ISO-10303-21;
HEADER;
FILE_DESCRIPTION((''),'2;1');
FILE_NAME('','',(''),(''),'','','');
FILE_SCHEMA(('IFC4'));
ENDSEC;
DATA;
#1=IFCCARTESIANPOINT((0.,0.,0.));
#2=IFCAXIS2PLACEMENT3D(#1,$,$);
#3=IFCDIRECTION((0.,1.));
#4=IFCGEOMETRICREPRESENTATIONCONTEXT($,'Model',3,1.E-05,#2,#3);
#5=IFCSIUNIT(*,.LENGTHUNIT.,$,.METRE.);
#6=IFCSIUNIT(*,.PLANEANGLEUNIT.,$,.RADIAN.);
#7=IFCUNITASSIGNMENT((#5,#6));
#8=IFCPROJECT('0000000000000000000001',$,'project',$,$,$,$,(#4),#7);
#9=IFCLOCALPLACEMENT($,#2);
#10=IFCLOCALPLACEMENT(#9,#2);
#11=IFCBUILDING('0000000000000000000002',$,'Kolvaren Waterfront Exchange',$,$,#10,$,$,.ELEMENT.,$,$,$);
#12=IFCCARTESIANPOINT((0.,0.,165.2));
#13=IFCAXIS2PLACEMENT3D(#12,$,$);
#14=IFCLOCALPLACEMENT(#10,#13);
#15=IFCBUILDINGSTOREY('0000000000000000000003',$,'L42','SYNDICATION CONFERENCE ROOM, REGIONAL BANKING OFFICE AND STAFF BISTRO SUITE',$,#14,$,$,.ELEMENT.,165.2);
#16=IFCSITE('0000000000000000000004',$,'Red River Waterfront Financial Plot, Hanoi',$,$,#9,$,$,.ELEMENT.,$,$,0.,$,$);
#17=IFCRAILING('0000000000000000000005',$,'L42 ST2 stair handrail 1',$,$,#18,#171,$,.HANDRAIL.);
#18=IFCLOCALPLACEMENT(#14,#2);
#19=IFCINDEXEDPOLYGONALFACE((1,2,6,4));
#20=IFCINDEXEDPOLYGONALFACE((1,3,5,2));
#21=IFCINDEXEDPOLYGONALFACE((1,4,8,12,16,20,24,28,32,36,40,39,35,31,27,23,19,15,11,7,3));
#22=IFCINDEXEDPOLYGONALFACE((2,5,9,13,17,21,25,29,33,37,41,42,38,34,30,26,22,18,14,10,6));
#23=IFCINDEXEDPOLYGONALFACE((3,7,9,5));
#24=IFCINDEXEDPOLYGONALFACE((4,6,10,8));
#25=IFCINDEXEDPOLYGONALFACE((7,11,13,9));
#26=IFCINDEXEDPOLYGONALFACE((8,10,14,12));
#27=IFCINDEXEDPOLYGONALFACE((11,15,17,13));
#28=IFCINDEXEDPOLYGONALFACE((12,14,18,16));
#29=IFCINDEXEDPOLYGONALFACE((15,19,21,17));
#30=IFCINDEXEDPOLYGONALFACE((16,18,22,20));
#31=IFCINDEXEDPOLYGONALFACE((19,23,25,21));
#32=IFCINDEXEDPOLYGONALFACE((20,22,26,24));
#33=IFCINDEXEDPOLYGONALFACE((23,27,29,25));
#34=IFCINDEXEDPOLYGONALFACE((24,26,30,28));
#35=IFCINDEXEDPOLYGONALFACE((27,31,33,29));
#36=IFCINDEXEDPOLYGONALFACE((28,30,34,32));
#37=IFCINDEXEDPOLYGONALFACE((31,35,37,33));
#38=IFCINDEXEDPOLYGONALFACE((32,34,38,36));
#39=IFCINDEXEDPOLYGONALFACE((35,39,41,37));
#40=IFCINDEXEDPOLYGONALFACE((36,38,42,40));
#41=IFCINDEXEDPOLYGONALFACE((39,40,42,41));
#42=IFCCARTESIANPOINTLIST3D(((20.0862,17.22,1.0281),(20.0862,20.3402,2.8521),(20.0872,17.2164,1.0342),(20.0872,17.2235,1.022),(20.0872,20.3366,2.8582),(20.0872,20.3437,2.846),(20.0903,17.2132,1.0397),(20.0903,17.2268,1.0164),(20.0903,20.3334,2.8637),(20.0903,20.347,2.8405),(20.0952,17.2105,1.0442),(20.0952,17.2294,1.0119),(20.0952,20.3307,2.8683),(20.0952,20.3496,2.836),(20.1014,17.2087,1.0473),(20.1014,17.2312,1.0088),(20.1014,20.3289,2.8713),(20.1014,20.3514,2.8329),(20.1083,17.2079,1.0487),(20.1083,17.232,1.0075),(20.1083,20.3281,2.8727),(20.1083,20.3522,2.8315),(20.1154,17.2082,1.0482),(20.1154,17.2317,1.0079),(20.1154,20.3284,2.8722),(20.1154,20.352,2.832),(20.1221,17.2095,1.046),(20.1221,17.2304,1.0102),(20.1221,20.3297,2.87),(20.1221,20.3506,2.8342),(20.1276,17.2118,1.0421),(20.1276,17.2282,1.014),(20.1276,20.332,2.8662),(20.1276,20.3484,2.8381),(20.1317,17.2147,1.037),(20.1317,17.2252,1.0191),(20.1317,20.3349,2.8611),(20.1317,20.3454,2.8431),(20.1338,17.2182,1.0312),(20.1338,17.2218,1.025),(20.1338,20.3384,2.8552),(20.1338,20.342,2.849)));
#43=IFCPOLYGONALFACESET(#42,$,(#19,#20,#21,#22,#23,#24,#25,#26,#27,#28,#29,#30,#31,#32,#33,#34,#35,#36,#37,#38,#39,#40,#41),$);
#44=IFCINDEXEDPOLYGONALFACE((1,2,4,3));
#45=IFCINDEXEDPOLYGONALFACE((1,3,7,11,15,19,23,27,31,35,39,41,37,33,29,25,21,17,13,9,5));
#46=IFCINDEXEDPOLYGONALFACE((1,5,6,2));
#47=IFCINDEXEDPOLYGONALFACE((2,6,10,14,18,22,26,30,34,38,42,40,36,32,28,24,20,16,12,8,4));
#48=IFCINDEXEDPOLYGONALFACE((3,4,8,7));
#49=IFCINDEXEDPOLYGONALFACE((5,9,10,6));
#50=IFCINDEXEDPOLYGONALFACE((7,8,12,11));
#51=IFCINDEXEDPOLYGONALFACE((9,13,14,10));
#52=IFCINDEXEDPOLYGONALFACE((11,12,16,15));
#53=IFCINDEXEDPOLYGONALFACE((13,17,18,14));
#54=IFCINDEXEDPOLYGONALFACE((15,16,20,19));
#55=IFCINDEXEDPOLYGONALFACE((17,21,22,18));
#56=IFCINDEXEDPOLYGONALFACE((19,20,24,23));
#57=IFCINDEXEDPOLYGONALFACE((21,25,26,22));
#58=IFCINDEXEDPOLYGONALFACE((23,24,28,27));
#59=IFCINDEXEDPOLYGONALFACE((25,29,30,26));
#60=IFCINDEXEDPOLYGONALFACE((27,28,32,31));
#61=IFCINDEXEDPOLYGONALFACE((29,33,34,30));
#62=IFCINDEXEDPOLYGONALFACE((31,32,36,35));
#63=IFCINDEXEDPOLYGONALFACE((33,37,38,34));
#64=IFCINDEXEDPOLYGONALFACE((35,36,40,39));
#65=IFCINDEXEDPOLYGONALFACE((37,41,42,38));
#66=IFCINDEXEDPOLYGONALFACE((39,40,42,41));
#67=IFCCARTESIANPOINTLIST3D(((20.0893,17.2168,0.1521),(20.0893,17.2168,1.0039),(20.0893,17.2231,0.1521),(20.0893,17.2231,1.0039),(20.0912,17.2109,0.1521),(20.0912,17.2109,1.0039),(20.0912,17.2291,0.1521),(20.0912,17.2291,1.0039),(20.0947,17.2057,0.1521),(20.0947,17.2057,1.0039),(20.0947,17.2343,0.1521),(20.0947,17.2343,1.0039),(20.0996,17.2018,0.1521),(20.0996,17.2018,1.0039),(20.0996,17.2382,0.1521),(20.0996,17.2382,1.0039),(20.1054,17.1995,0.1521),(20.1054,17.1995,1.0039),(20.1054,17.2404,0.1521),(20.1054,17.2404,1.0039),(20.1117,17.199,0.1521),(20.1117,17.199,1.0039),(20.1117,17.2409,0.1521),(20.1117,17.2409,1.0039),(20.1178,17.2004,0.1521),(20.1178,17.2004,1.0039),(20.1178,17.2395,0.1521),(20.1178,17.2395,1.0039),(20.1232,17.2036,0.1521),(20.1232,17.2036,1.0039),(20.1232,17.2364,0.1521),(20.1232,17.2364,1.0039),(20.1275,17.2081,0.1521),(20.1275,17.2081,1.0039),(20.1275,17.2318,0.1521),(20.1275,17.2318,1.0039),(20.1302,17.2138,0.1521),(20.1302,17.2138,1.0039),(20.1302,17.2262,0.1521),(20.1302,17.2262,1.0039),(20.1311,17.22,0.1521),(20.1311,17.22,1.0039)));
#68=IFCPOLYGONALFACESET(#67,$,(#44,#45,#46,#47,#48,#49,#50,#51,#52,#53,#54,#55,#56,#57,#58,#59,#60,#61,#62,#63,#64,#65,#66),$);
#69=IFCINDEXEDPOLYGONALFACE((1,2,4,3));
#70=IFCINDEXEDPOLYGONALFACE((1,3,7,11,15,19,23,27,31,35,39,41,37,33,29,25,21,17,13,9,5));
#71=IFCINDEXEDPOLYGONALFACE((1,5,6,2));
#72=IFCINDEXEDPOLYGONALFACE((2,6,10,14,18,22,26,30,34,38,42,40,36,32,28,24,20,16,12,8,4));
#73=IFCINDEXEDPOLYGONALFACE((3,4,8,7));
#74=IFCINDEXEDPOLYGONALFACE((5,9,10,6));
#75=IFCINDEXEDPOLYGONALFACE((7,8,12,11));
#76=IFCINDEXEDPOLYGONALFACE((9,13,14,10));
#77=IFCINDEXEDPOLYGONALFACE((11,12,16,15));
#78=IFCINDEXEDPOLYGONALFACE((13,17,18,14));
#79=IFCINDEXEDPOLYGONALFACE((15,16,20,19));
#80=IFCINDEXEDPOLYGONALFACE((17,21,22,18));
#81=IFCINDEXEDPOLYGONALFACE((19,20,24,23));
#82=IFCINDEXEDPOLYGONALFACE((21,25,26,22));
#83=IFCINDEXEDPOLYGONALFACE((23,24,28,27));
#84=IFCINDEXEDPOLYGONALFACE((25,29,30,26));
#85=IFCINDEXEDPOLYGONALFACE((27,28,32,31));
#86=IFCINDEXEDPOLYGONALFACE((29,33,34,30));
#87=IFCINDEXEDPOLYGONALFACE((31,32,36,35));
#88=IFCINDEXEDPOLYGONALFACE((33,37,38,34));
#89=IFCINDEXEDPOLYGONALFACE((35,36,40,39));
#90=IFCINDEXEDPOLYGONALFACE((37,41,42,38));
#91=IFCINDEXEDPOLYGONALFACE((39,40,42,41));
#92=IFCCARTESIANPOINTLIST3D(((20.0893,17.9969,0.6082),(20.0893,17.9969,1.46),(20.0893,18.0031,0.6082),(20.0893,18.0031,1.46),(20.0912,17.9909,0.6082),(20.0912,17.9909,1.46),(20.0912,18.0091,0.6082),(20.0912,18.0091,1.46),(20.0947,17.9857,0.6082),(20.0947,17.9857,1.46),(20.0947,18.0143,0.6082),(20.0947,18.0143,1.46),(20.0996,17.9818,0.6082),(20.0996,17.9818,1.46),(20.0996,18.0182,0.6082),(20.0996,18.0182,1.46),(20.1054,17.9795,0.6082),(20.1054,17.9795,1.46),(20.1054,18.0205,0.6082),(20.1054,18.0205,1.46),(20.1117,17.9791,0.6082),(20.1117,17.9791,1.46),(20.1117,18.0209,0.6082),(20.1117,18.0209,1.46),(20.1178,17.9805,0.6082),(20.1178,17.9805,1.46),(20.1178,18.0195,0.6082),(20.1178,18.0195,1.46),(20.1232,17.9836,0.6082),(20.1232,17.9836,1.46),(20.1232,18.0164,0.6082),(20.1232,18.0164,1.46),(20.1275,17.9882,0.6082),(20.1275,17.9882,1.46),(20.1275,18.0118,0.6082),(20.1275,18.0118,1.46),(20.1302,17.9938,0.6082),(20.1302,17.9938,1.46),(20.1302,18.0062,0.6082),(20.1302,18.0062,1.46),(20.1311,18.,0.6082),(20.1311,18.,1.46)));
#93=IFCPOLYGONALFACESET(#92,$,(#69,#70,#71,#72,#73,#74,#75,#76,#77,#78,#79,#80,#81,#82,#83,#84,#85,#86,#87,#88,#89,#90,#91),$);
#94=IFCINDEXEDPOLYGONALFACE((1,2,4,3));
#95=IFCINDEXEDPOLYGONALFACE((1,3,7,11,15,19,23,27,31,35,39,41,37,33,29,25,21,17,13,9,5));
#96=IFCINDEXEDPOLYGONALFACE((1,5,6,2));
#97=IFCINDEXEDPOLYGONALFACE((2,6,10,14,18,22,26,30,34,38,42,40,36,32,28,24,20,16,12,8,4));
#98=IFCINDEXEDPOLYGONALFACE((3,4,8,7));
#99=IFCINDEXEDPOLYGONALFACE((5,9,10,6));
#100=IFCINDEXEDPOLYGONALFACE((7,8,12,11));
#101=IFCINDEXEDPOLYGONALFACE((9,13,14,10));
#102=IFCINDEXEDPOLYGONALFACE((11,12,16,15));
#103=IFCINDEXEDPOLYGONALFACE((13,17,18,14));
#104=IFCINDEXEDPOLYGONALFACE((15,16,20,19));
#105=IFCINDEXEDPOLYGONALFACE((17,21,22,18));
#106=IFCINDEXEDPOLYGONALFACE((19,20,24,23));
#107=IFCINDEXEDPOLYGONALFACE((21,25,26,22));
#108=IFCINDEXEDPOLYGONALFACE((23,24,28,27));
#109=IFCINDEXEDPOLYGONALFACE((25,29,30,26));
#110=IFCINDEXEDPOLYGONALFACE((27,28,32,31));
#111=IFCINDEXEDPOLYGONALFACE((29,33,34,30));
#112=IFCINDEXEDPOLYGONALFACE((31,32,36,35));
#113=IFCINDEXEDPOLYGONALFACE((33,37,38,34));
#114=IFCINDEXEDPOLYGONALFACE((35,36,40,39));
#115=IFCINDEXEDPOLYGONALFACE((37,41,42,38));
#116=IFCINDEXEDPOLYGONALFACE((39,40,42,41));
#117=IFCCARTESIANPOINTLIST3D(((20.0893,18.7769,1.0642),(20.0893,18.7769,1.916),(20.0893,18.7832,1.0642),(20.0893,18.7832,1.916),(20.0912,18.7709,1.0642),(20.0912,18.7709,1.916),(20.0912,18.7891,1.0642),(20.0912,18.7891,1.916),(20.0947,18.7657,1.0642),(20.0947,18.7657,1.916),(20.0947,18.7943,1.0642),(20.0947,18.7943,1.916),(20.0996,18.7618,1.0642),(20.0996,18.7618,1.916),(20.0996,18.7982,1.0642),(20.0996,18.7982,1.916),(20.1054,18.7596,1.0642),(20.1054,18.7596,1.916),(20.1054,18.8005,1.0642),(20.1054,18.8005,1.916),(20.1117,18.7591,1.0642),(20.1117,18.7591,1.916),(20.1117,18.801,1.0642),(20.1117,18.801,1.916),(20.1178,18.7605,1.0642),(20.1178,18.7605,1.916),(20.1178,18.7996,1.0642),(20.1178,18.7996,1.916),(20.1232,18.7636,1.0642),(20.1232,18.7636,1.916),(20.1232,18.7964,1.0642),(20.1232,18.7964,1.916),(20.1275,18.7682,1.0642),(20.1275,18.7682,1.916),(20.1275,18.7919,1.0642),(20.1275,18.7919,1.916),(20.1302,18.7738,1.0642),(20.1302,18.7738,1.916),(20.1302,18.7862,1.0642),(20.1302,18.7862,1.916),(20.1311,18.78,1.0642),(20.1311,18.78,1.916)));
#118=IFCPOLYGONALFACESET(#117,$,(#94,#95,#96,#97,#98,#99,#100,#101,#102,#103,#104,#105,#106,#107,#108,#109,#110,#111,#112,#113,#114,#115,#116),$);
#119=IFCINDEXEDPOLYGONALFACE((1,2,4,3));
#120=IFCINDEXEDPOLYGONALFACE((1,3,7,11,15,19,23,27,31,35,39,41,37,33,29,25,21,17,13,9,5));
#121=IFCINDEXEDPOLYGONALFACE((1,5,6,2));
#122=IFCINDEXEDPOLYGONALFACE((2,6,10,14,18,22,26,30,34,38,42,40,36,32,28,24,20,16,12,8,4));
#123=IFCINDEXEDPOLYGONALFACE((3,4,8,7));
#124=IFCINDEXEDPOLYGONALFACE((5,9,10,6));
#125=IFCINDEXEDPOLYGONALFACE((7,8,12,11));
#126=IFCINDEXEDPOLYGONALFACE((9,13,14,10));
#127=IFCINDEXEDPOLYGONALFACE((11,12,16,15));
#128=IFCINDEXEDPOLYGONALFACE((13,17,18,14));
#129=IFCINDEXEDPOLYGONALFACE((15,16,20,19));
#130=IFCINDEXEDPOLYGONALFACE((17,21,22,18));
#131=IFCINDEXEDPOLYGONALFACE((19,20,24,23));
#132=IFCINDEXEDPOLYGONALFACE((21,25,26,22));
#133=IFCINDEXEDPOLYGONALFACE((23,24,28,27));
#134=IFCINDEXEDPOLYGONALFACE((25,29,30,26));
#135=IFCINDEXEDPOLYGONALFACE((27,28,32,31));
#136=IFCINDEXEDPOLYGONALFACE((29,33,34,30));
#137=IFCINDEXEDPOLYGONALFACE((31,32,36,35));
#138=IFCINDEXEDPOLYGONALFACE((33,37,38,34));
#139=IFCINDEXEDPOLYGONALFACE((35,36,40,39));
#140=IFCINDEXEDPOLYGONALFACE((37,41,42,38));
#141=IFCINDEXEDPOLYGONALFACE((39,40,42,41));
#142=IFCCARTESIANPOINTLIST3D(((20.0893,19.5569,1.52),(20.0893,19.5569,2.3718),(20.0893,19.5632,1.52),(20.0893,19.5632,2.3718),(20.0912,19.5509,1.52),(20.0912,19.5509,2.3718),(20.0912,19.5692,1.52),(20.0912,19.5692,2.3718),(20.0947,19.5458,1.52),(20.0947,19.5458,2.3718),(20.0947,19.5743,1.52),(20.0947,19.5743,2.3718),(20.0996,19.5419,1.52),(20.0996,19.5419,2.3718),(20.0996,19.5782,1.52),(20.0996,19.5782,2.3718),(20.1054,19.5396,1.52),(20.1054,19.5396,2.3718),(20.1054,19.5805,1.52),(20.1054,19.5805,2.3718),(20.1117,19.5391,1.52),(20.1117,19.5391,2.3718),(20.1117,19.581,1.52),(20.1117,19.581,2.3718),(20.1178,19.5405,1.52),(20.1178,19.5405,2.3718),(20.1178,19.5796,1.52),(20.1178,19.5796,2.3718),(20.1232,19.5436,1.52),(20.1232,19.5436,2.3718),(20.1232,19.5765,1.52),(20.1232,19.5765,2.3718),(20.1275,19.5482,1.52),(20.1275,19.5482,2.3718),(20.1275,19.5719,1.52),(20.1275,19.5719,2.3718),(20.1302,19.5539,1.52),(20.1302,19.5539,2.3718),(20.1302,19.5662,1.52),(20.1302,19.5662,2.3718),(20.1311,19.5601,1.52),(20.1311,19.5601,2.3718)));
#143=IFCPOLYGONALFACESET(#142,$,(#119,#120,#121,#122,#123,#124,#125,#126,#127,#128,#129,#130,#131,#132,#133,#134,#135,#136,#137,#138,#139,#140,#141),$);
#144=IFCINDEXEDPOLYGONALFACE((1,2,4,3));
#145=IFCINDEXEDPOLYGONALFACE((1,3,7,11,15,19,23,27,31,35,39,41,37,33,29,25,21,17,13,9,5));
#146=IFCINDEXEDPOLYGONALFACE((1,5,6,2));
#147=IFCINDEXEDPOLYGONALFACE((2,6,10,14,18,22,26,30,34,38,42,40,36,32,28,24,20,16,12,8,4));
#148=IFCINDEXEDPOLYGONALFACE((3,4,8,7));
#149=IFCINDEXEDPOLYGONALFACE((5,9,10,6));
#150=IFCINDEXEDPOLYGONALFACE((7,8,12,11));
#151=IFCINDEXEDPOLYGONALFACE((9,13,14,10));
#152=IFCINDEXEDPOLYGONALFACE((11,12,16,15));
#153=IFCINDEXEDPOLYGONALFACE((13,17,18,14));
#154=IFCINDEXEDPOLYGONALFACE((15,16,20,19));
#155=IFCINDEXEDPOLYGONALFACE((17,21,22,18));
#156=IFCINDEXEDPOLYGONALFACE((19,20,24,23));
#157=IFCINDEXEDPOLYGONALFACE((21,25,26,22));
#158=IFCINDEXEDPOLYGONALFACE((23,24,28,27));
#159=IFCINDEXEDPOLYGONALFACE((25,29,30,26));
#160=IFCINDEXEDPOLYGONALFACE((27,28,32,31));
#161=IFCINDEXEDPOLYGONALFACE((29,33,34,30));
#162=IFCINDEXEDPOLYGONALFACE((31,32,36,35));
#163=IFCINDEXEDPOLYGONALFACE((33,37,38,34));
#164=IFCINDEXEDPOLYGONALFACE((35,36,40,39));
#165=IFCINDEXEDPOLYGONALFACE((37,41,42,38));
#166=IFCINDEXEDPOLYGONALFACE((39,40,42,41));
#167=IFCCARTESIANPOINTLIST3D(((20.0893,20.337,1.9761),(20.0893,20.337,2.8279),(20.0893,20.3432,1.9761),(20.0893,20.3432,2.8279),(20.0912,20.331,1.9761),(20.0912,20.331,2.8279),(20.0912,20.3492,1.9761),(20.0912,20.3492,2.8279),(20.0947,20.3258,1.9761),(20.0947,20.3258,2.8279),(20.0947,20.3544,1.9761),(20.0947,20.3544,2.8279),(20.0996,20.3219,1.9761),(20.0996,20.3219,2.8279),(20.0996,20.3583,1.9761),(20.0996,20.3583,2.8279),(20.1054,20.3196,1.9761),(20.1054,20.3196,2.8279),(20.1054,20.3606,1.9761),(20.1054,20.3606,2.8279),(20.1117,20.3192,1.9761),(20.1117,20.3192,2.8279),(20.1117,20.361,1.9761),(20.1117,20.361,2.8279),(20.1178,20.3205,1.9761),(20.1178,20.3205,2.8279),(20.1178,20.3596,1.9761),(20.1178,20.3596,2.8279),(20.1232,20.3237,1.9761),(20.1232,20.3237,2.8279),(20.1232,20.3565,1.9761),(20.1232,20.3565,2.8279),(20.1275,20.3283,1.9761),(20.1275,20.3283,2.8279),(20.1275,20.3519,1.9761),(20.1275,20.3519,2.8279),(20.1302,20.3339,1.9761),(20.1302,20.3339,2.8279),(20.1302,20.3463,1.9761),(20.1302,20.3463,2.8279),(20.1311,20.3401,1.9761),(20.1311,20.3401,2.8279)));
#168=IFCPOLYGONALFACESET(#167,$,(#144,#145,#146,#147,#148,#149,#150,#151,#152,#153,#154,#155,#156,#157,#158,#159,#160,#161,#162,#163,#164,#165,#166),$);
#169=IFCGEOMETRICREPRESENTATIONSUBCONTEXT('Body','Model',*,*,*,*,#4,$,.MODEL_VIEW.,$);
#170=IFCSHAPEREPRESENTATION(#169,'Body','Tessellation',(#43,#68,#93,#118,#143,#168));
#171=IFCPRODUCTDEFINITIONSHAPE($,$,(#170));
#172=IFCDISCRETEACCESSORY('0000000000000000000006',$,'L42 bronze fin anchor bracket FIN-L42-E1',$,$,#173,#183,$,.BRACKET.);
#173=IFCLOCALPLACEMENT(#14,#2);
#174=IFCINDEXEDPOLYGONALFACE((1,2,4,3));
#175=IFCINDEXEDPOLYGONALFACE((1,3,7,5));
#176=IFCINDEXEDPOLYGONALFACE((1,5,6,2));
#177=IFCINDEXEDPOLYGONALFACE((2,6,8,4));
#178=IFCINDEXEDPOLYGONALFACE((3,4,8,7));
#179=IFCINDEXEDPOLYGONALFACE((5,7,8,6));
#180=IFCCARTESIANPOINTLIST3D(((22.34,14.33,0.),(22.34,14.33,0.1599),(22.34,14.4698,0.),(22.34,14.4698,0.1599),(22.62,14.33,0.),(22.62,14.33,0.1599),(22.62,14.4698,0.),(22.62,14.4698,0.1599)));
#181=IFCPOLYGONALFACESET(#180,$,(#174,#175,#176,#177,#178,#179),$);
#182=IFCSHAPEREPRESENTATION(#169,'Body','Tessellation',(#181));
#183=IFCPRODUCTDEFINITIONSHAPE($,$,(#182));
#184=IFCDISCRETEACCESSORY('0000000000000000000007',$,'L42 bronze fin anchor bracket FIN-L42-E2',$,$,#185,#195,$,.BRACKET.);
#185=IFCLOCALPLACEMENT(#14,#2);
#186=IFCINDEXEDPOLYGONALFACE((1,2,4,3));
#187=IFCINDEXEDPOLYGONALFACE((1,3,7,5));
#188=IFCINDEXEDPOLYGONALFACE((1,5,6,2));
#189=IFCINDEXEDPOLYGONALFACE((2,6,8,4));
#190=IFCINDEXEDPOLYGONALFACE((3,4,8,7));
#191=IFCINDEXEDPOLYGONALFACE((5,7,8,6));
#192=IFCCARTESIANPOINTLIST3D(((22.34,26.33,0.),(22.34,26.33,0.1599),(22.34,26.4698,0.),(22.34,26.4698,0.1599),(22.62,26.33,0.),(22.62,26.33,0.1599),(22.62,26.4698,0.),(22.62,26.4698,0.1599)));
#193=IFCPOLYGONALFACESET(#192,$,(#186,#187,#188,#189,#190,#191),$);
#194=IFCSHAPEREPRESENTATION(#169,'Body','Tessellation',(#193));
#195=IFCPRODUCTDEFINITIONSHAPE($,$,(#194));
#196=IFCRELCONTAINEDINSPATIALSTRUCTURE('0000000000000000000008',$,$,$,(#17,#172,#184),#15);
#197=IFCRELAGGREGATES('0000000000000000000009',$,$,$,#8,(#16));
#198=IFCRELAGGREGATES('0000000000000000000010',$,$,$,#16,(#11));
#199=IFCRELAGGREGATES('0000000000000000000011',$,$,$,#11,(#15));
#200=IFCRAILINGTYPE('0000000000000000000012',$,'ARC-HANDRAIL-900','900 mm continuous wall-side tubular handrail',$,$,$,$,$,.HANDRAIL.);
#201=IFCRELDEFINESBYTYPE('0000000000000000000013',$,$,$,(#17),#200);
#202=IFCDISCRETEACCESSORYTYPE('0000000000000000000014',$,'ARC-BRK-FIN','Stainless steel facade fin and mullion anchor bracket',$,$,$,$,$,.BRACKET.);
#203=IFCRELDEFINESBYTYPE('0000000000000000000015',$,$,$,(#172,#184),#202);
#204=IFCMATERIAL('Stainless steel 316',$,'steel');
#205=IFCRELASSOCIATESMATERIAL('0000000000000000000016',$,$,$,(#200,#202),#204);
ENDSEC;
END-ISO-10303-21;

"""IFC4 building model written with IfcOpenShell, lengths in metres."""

from ifc_helpers import new_model, si_unit, direction, frame, origin, origin_with_axes, origin_2d, place, context, subcontext, project, spatial, rectangle, circle, extrude, source, transform, mapped, material, type_object, element, save


model = new_model("IFC4")

# Units and contexts
model_context = context("Model", 3, precision=1e-05, world=origin(), true_north=direction((0.0, 1.0)))
body_context = subcontext(model_context, "Body", "Model", "MODEL_VIEW")
ifc_project = project(units=[si_unit("LENGTHUNIT", "METRE"), si_unit("PLANEANGLEUNIT", "RADIAN")], contexts=[model_context])

# Site, building, storey
site_placement = place(None, origin())
site = spatial("IfcSite", under=ifc_project, at=site_placement, Name="Red River Waterfront Financial Plot, Hanoi", CompositionType="ELEMENT", RefElevation=0.0)
building_placement = place(site_placement, origin())
building = spatial("IfcBuilding", under=site, at=building_placement, Name="Kolvaren Waterfront Exchange", CompositionType="ELEMENT")
storey_placement = place(building_placement, frame((0.0, 0.0, 165.2)))
storey = spatial("IfcBuildingStorey", under=building, at=storey_placement, Name="L42", Description="SYNDICATION CONFERENCE ROOM, REGIONAL BANKING OFFICE AND STAFF BISTRO SUITE", CompositionType="ELEMENT", Elevation=165.2)

# Railing
ifc_material_1 = material(Name="Stainless steel 316", Category="steel")
railing_type = type_object("IfcRailingType", Name="ARC-HANDRAIL-900", Description="900 mm continuous wall-side tubular handrail", PredefinedType="HANDRAIL", material=ifc_material_1)
railing_placement = place(storey_placement, frame((20.1101, 17.22, 0.1521)))
element("IfcRailing", 1, at=railing_placement, inside=storey, type_object=railing_type, Name="L42 ST2 stair handrail 1", PredefinedType="HANDRAIL", context=body_context, shape_type="SweptSolid", body=[
    extrude(circle(Radius=0.0239, at=origin_2d()), frame((0.0, 0.0, 0.876), z_axis=(0.0, 0.863308, 0.504677), x_axis=(-1.0, 0.0, 0.0)), (0.0, 0.0, 1.0), 3.6143),
    extrude(circle(Radius=0.021, at=origin_2d()), origin(), (0.0, 0.0, 1.0), 0.8518),
    extrude(circle(Radius=0.021, at=origin_2d()), frame((0.0, 0.78, 0.4561)), (0.0, 0.0, 1.0), 0.8518),
    extrude(circle(Radius=0.021, at=origin_2d()), frame((0.0, 1.5601, 0.9121)), (0.0, 0.0, 1.0), 0.8518),
    extrude(circle(Radius=0.021, at=origin_2d()), frame((0.0, 2.3401, 1.3679)), (0.0, 0.0, 1.0), 0.8518),
    extrude(circle(Radius=0.021, at=origin_2d()), frame((0.0, 3.1201, 1.824)), (0.0, 0.0, 1.0), 0.8518),
])

# Discrete accessories
discrete_accessory_type = type_object("IfcDiscreteAccessoryType", Name="ARC-BRK-FIN", Description="Stainless steel facade fin and mullion anchor bracket", PredefinedType="BRACKET", material=ifc_material_1)
shared_shape = source(origin_with_axes(), body_context, "Body", "SweptSolid", [
    extrude(rectangle(XDim=0.28, YDim=0.1399, at=origin_2d()), origin(), (0.0, 0.0, 1.0), 0.1599),
])
for number, where, z_axis, x_axis, name in (
    (2, (22.48, 14.3999, 0.0), (0.0, 0.0, 1.0), (1.0, 0.0, 0.0), "L42 bronze fin anchor bracket FIN-L42-E1"),
    (3, (22.48, 26.3999, 0.0), (0.0, 0.0, 1.0), (1.0, 0.0, 0.0), "L42 bronze fin anchor bracket FIN-L42-E2"),
):
    element("IfcDiscreteAccessory", number, at=place(storey_placement, frame(where, z_axis=z_axis, x_axis=x_axis)), inside=storey, type_object=discrete_accessory_type, Name=name, PredefinedType="BRACKET", context=body_context, shape_type="MappedRepresentation", body=[
        mapped(shared_shape, transform((0.0, 0.0, 0.0), x_axis=(1.0, 0.0, 0.0), y_axis=(0.0, 1.0, 0.0), z_axis=(0.0, 0.0, 1.0), scale=1.0)),
    ])

save(model, "model.ifc")
